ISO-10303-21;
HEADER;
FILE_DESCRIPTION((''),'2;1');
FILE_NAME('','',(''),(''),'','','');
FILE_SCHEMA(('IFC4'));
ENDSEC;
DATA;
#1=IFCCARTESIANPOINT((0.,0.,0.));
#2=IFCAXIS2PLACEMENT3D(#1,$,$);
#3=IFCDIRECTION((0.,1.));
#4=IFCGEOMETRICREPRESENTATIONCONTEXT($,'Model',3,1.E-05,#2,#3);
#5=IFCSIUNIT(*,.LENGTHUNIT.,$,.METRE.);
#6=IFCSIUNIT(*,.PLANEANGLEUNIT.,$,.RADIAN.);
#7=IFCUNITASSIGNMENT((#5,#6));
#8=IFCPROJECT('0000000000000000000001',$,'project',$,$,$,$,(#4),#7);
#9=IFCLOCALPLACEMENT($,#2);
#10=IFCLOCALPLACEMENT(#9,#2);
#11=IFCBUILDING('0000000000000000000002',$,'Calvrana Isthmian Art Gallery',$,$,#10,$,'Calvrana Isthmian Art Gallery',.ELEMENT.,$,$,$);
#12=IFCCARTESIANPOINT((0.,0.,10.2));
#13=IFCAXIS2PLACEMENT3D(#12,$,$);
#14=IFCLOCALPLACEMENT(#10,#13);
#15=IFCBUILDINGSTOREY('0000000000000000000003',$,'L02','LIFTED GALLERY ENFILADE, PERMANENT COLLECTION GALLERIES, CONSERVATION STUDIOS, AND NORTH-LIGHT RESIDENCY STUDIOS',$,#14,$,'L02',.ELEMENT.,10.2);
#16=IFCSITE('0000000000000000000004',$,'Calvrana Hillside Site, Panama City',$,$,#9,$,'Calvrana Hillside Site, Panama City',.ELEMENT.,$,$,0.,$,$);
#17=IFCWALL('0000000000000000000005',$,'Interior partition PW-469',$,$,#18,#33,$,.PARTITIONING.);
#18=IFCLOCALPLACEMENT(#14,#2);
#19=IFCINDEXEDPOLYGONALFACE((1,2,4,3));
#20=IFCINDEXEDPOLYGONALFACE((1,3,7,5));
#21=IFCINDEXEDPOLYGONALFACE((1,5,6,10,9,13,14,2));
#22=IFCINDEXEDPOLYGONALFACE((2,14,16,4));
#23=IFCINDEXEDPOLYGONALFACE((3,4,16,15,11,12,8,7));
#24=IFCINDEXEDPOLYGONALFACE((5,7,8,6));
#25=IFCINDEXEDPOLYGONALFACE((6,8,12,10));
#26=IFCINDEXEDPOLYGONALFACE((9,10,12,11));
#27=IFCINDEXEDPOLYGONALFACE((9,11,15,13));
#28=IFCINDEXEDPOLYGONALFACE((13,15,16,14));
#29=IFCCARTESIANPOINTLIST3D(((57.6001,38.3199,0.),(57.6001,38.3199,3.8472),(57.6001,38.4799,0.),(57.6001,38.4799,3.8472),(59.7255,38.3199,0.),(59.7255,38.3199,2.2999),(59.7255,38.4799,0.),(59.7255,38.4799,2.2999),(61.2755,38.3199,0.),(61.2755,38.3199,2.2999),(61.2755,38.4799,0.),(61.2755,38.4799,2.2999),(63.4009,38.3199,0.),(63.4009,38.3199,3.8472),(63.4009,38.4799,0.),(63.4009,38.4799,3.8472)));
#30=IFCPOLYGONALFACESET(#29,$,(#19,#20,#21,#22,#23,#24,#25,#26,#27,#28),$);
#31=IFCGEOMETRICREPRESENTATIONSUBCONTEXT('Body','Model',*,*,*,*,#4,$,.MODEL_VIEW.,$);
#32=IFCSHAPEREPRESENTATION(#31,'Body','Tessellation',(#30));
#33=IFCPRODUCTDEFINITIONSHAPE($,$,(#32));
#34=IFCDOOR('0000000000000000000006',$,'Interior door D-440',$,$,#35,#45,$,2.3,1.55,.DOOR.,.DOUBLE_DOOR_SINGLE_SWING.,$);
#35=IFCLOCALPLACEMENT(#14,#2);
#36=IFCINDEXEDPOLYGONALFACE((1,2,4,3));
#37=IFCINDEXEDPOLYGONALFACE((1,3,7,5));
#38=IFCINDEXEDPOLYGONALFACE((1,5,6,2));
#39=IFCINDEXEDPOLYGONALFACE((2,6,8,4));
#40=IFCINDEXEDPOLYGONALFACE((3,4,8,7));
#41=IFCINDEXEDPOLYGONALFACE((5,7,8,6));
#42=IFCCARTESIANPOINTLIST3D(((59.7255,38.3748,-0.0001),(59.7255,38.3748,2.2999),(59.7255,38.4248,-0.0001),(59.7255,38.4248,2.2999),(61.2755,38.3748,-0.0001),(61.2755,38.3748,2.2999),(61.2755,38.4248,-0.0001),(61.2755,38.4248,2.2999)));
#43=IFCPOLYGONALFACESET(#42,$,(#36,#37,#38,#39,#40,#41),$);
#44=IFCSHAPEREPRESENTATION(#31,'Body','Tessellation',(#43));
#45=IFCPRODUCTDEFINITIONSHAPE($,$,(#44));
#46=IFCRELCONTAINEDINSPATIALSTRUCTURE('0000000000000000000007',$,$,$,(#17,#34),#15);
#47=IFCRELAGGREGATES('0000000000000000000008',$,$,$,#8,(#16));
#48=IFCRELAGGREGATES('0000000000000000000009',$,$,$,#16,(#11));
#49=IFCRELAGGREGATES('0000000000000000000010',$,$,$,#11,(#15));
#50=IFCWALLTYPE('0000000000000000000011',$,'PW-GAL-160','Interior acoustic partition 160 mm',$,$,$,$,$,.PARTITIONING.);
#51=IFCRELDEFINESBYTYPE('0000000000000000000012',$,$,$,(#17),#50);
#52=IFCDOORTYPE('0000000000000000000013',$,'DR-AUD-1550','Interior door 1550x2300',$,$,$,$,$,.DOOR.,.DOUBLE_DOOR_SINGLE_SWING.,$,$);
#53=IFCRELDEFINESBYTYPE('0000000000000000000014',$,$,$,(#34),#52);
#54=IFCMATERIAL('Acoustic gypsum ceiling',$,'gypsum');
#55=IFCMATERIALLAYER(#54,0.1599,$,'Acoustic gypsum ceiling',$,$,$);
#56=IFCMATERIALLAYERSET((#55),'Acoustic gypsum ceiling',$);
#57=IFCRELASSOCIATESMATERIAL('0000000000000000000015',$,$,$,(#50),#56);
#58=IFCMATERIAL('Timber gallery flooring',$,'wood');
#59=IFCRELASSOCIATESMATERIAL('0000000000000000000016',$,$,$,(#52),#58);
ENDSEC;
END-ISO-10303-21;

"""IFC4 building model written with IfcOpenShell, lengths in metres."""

from ifc_helpers import new_model, si_unit, direction, frame, frame_2d, origin, place, context, subcontext, project, spatial, rectangle, extrude, material, layer, layer_set, type_object, element, fill, save


model = new_model("IFC4")

# Units and contexts
model_context = context("Model", 3, precision=1e-05, world=origin(), true_north=direction((0.0, 1.0)))
body_context = subcontext(model_context, "Body", "Model", "MODEL_VIEW")
ifc_project = project(units=[si_unit("LENGTHUNIT", "METRE"), si_unit("PLANEANGLEUNIT", "RADIAN")], contexts=[model_context])

# Site, building, storey
site_placement = place(None, origin())
site = spatial("IfcSite", under=ifc_project, at=site_placement, Name="Calvrana Hillside Site, Panama City", LongName="Calvrana Hillside Site, Panama City", CompositionType="ELEMENT", RefElevation=0.0)
building_placement = place(site_placement, origin())
building = spatial("IfcBuilding", under=site, at=building_placement, Name="Calvrana Isthmian Art Gallery", LongName="Calvrana Isthmian Art Gallery", CompositionType="ELEMENT")
storey_placement = place(building_placement, frame((0.0, 0.0, 10.2)))
storey = spatial("IfcBuildingStorey", under=building, at=storey_placement, Name="L02", Description="LIFTED GALLERY ENFILADE, PERMANENT COLLECTION GALLERIES, CONSERVATION STUDIOS, AND NORTH-LIGHT RESIDENCY STUDIOS", LongName="L02", CompositionType="ELEMENT", Elevation=10.2)

# Shared definitions
ifc_material_1 = material(Name="Acoustic gypsum ceiling", Category="gypsum")
ifc_layer = layer(ifc_material_1, 0.1599, Name="Acoustic gypsum ceiling")
ifc_layer_set = layer_set([ifc_layer], Name="Acoustic gypsum ceiling")
wall_type = type_object("IfcWallType", Name="PW-GAL-160", Description="Interior acoustic partition 160 mm", PredefinedType="PARTITIONING", material=ifc_layer_set)

# Shared definitions
ifc_material_2 = material(Name="Timber gallery flooring", Category="wood")
door_type = type_object("IfcDoorType", Name="DR-AUD-1550", Description="Interior door 1550x2300", OperationType="DOUBLE_DOOR_SINGLE_SWING", PredefinedType="DOOR", material=ifc_material_2)

# Wall, opening, door
wall_1_placement = place(storey_placement, frame((57.6001, 38.3999, 0.0), z_axis=(0.0, 0.0, 1.0), x_axis=(1.0, 0.0, 0.0)))
wall_1 = element("IfcWall", 1, at=wall_1_placement, inside=storey, type_object=wall_type, Name="Interior partition PW-469", PredefinedType="PARTITIONING", context=body_context, shape_type="SweptSolid", body=[
    extrude(rectangle(XDim=5.8008, YDim=0.1599, at=frame_2d((2.9004, 0.0))), origin(), (0.0, 0.0, 1.0), 3.8472),
])
opening_1_placement = place(wall_1_placement, frame((2.1255, 0.0, 0.0)))
opening_1 = element("IfcOpeningElement", 2, at=opening_1_placement, cuts=wall_1, PredefinedType="OPENING", context=body_context, shape_type="SweptSolid", body=[
    extrude(rectangle(XDim=1.55, YDim=2.3, at=frame_2d((0.7749, 1.1499))), frame((0.0, 0.0903, 0.0), z_axis=(0.0, -1.0, 0.0), x_axis=(1.0, 0.0, 0.0)), (0.0, 0.0, 1.0), 0.1804),
])
door_1_placement = place(opening_1_placement, origin())
door_1 = element("IfcDoor", 3, at=door_1_placement, inside=storey, type_object=door_type, Name="Interior door D-440", OperationType="DOUBLE_DOOR_SINGLE_SWING", OverallHeight=2.3, OverallWidth=1.55, PredefinedType="DOOR", context=body_context, shape_type="SweptSolid", body=[
    extrude(rectangle(XDim=1.55, YDim=2.3, at=frame_2d((0.7749, 1.1499))), frame((0.0, 0.0249, 0.0), z_axis=(0.0, -1.0, 0.0), x_axis=(1.0, 0.0, 0.0)), (0.0, 0.0, 1.0), 0.05),
])
fill(opening_1, door_1)

save(model, "model.ifc")
